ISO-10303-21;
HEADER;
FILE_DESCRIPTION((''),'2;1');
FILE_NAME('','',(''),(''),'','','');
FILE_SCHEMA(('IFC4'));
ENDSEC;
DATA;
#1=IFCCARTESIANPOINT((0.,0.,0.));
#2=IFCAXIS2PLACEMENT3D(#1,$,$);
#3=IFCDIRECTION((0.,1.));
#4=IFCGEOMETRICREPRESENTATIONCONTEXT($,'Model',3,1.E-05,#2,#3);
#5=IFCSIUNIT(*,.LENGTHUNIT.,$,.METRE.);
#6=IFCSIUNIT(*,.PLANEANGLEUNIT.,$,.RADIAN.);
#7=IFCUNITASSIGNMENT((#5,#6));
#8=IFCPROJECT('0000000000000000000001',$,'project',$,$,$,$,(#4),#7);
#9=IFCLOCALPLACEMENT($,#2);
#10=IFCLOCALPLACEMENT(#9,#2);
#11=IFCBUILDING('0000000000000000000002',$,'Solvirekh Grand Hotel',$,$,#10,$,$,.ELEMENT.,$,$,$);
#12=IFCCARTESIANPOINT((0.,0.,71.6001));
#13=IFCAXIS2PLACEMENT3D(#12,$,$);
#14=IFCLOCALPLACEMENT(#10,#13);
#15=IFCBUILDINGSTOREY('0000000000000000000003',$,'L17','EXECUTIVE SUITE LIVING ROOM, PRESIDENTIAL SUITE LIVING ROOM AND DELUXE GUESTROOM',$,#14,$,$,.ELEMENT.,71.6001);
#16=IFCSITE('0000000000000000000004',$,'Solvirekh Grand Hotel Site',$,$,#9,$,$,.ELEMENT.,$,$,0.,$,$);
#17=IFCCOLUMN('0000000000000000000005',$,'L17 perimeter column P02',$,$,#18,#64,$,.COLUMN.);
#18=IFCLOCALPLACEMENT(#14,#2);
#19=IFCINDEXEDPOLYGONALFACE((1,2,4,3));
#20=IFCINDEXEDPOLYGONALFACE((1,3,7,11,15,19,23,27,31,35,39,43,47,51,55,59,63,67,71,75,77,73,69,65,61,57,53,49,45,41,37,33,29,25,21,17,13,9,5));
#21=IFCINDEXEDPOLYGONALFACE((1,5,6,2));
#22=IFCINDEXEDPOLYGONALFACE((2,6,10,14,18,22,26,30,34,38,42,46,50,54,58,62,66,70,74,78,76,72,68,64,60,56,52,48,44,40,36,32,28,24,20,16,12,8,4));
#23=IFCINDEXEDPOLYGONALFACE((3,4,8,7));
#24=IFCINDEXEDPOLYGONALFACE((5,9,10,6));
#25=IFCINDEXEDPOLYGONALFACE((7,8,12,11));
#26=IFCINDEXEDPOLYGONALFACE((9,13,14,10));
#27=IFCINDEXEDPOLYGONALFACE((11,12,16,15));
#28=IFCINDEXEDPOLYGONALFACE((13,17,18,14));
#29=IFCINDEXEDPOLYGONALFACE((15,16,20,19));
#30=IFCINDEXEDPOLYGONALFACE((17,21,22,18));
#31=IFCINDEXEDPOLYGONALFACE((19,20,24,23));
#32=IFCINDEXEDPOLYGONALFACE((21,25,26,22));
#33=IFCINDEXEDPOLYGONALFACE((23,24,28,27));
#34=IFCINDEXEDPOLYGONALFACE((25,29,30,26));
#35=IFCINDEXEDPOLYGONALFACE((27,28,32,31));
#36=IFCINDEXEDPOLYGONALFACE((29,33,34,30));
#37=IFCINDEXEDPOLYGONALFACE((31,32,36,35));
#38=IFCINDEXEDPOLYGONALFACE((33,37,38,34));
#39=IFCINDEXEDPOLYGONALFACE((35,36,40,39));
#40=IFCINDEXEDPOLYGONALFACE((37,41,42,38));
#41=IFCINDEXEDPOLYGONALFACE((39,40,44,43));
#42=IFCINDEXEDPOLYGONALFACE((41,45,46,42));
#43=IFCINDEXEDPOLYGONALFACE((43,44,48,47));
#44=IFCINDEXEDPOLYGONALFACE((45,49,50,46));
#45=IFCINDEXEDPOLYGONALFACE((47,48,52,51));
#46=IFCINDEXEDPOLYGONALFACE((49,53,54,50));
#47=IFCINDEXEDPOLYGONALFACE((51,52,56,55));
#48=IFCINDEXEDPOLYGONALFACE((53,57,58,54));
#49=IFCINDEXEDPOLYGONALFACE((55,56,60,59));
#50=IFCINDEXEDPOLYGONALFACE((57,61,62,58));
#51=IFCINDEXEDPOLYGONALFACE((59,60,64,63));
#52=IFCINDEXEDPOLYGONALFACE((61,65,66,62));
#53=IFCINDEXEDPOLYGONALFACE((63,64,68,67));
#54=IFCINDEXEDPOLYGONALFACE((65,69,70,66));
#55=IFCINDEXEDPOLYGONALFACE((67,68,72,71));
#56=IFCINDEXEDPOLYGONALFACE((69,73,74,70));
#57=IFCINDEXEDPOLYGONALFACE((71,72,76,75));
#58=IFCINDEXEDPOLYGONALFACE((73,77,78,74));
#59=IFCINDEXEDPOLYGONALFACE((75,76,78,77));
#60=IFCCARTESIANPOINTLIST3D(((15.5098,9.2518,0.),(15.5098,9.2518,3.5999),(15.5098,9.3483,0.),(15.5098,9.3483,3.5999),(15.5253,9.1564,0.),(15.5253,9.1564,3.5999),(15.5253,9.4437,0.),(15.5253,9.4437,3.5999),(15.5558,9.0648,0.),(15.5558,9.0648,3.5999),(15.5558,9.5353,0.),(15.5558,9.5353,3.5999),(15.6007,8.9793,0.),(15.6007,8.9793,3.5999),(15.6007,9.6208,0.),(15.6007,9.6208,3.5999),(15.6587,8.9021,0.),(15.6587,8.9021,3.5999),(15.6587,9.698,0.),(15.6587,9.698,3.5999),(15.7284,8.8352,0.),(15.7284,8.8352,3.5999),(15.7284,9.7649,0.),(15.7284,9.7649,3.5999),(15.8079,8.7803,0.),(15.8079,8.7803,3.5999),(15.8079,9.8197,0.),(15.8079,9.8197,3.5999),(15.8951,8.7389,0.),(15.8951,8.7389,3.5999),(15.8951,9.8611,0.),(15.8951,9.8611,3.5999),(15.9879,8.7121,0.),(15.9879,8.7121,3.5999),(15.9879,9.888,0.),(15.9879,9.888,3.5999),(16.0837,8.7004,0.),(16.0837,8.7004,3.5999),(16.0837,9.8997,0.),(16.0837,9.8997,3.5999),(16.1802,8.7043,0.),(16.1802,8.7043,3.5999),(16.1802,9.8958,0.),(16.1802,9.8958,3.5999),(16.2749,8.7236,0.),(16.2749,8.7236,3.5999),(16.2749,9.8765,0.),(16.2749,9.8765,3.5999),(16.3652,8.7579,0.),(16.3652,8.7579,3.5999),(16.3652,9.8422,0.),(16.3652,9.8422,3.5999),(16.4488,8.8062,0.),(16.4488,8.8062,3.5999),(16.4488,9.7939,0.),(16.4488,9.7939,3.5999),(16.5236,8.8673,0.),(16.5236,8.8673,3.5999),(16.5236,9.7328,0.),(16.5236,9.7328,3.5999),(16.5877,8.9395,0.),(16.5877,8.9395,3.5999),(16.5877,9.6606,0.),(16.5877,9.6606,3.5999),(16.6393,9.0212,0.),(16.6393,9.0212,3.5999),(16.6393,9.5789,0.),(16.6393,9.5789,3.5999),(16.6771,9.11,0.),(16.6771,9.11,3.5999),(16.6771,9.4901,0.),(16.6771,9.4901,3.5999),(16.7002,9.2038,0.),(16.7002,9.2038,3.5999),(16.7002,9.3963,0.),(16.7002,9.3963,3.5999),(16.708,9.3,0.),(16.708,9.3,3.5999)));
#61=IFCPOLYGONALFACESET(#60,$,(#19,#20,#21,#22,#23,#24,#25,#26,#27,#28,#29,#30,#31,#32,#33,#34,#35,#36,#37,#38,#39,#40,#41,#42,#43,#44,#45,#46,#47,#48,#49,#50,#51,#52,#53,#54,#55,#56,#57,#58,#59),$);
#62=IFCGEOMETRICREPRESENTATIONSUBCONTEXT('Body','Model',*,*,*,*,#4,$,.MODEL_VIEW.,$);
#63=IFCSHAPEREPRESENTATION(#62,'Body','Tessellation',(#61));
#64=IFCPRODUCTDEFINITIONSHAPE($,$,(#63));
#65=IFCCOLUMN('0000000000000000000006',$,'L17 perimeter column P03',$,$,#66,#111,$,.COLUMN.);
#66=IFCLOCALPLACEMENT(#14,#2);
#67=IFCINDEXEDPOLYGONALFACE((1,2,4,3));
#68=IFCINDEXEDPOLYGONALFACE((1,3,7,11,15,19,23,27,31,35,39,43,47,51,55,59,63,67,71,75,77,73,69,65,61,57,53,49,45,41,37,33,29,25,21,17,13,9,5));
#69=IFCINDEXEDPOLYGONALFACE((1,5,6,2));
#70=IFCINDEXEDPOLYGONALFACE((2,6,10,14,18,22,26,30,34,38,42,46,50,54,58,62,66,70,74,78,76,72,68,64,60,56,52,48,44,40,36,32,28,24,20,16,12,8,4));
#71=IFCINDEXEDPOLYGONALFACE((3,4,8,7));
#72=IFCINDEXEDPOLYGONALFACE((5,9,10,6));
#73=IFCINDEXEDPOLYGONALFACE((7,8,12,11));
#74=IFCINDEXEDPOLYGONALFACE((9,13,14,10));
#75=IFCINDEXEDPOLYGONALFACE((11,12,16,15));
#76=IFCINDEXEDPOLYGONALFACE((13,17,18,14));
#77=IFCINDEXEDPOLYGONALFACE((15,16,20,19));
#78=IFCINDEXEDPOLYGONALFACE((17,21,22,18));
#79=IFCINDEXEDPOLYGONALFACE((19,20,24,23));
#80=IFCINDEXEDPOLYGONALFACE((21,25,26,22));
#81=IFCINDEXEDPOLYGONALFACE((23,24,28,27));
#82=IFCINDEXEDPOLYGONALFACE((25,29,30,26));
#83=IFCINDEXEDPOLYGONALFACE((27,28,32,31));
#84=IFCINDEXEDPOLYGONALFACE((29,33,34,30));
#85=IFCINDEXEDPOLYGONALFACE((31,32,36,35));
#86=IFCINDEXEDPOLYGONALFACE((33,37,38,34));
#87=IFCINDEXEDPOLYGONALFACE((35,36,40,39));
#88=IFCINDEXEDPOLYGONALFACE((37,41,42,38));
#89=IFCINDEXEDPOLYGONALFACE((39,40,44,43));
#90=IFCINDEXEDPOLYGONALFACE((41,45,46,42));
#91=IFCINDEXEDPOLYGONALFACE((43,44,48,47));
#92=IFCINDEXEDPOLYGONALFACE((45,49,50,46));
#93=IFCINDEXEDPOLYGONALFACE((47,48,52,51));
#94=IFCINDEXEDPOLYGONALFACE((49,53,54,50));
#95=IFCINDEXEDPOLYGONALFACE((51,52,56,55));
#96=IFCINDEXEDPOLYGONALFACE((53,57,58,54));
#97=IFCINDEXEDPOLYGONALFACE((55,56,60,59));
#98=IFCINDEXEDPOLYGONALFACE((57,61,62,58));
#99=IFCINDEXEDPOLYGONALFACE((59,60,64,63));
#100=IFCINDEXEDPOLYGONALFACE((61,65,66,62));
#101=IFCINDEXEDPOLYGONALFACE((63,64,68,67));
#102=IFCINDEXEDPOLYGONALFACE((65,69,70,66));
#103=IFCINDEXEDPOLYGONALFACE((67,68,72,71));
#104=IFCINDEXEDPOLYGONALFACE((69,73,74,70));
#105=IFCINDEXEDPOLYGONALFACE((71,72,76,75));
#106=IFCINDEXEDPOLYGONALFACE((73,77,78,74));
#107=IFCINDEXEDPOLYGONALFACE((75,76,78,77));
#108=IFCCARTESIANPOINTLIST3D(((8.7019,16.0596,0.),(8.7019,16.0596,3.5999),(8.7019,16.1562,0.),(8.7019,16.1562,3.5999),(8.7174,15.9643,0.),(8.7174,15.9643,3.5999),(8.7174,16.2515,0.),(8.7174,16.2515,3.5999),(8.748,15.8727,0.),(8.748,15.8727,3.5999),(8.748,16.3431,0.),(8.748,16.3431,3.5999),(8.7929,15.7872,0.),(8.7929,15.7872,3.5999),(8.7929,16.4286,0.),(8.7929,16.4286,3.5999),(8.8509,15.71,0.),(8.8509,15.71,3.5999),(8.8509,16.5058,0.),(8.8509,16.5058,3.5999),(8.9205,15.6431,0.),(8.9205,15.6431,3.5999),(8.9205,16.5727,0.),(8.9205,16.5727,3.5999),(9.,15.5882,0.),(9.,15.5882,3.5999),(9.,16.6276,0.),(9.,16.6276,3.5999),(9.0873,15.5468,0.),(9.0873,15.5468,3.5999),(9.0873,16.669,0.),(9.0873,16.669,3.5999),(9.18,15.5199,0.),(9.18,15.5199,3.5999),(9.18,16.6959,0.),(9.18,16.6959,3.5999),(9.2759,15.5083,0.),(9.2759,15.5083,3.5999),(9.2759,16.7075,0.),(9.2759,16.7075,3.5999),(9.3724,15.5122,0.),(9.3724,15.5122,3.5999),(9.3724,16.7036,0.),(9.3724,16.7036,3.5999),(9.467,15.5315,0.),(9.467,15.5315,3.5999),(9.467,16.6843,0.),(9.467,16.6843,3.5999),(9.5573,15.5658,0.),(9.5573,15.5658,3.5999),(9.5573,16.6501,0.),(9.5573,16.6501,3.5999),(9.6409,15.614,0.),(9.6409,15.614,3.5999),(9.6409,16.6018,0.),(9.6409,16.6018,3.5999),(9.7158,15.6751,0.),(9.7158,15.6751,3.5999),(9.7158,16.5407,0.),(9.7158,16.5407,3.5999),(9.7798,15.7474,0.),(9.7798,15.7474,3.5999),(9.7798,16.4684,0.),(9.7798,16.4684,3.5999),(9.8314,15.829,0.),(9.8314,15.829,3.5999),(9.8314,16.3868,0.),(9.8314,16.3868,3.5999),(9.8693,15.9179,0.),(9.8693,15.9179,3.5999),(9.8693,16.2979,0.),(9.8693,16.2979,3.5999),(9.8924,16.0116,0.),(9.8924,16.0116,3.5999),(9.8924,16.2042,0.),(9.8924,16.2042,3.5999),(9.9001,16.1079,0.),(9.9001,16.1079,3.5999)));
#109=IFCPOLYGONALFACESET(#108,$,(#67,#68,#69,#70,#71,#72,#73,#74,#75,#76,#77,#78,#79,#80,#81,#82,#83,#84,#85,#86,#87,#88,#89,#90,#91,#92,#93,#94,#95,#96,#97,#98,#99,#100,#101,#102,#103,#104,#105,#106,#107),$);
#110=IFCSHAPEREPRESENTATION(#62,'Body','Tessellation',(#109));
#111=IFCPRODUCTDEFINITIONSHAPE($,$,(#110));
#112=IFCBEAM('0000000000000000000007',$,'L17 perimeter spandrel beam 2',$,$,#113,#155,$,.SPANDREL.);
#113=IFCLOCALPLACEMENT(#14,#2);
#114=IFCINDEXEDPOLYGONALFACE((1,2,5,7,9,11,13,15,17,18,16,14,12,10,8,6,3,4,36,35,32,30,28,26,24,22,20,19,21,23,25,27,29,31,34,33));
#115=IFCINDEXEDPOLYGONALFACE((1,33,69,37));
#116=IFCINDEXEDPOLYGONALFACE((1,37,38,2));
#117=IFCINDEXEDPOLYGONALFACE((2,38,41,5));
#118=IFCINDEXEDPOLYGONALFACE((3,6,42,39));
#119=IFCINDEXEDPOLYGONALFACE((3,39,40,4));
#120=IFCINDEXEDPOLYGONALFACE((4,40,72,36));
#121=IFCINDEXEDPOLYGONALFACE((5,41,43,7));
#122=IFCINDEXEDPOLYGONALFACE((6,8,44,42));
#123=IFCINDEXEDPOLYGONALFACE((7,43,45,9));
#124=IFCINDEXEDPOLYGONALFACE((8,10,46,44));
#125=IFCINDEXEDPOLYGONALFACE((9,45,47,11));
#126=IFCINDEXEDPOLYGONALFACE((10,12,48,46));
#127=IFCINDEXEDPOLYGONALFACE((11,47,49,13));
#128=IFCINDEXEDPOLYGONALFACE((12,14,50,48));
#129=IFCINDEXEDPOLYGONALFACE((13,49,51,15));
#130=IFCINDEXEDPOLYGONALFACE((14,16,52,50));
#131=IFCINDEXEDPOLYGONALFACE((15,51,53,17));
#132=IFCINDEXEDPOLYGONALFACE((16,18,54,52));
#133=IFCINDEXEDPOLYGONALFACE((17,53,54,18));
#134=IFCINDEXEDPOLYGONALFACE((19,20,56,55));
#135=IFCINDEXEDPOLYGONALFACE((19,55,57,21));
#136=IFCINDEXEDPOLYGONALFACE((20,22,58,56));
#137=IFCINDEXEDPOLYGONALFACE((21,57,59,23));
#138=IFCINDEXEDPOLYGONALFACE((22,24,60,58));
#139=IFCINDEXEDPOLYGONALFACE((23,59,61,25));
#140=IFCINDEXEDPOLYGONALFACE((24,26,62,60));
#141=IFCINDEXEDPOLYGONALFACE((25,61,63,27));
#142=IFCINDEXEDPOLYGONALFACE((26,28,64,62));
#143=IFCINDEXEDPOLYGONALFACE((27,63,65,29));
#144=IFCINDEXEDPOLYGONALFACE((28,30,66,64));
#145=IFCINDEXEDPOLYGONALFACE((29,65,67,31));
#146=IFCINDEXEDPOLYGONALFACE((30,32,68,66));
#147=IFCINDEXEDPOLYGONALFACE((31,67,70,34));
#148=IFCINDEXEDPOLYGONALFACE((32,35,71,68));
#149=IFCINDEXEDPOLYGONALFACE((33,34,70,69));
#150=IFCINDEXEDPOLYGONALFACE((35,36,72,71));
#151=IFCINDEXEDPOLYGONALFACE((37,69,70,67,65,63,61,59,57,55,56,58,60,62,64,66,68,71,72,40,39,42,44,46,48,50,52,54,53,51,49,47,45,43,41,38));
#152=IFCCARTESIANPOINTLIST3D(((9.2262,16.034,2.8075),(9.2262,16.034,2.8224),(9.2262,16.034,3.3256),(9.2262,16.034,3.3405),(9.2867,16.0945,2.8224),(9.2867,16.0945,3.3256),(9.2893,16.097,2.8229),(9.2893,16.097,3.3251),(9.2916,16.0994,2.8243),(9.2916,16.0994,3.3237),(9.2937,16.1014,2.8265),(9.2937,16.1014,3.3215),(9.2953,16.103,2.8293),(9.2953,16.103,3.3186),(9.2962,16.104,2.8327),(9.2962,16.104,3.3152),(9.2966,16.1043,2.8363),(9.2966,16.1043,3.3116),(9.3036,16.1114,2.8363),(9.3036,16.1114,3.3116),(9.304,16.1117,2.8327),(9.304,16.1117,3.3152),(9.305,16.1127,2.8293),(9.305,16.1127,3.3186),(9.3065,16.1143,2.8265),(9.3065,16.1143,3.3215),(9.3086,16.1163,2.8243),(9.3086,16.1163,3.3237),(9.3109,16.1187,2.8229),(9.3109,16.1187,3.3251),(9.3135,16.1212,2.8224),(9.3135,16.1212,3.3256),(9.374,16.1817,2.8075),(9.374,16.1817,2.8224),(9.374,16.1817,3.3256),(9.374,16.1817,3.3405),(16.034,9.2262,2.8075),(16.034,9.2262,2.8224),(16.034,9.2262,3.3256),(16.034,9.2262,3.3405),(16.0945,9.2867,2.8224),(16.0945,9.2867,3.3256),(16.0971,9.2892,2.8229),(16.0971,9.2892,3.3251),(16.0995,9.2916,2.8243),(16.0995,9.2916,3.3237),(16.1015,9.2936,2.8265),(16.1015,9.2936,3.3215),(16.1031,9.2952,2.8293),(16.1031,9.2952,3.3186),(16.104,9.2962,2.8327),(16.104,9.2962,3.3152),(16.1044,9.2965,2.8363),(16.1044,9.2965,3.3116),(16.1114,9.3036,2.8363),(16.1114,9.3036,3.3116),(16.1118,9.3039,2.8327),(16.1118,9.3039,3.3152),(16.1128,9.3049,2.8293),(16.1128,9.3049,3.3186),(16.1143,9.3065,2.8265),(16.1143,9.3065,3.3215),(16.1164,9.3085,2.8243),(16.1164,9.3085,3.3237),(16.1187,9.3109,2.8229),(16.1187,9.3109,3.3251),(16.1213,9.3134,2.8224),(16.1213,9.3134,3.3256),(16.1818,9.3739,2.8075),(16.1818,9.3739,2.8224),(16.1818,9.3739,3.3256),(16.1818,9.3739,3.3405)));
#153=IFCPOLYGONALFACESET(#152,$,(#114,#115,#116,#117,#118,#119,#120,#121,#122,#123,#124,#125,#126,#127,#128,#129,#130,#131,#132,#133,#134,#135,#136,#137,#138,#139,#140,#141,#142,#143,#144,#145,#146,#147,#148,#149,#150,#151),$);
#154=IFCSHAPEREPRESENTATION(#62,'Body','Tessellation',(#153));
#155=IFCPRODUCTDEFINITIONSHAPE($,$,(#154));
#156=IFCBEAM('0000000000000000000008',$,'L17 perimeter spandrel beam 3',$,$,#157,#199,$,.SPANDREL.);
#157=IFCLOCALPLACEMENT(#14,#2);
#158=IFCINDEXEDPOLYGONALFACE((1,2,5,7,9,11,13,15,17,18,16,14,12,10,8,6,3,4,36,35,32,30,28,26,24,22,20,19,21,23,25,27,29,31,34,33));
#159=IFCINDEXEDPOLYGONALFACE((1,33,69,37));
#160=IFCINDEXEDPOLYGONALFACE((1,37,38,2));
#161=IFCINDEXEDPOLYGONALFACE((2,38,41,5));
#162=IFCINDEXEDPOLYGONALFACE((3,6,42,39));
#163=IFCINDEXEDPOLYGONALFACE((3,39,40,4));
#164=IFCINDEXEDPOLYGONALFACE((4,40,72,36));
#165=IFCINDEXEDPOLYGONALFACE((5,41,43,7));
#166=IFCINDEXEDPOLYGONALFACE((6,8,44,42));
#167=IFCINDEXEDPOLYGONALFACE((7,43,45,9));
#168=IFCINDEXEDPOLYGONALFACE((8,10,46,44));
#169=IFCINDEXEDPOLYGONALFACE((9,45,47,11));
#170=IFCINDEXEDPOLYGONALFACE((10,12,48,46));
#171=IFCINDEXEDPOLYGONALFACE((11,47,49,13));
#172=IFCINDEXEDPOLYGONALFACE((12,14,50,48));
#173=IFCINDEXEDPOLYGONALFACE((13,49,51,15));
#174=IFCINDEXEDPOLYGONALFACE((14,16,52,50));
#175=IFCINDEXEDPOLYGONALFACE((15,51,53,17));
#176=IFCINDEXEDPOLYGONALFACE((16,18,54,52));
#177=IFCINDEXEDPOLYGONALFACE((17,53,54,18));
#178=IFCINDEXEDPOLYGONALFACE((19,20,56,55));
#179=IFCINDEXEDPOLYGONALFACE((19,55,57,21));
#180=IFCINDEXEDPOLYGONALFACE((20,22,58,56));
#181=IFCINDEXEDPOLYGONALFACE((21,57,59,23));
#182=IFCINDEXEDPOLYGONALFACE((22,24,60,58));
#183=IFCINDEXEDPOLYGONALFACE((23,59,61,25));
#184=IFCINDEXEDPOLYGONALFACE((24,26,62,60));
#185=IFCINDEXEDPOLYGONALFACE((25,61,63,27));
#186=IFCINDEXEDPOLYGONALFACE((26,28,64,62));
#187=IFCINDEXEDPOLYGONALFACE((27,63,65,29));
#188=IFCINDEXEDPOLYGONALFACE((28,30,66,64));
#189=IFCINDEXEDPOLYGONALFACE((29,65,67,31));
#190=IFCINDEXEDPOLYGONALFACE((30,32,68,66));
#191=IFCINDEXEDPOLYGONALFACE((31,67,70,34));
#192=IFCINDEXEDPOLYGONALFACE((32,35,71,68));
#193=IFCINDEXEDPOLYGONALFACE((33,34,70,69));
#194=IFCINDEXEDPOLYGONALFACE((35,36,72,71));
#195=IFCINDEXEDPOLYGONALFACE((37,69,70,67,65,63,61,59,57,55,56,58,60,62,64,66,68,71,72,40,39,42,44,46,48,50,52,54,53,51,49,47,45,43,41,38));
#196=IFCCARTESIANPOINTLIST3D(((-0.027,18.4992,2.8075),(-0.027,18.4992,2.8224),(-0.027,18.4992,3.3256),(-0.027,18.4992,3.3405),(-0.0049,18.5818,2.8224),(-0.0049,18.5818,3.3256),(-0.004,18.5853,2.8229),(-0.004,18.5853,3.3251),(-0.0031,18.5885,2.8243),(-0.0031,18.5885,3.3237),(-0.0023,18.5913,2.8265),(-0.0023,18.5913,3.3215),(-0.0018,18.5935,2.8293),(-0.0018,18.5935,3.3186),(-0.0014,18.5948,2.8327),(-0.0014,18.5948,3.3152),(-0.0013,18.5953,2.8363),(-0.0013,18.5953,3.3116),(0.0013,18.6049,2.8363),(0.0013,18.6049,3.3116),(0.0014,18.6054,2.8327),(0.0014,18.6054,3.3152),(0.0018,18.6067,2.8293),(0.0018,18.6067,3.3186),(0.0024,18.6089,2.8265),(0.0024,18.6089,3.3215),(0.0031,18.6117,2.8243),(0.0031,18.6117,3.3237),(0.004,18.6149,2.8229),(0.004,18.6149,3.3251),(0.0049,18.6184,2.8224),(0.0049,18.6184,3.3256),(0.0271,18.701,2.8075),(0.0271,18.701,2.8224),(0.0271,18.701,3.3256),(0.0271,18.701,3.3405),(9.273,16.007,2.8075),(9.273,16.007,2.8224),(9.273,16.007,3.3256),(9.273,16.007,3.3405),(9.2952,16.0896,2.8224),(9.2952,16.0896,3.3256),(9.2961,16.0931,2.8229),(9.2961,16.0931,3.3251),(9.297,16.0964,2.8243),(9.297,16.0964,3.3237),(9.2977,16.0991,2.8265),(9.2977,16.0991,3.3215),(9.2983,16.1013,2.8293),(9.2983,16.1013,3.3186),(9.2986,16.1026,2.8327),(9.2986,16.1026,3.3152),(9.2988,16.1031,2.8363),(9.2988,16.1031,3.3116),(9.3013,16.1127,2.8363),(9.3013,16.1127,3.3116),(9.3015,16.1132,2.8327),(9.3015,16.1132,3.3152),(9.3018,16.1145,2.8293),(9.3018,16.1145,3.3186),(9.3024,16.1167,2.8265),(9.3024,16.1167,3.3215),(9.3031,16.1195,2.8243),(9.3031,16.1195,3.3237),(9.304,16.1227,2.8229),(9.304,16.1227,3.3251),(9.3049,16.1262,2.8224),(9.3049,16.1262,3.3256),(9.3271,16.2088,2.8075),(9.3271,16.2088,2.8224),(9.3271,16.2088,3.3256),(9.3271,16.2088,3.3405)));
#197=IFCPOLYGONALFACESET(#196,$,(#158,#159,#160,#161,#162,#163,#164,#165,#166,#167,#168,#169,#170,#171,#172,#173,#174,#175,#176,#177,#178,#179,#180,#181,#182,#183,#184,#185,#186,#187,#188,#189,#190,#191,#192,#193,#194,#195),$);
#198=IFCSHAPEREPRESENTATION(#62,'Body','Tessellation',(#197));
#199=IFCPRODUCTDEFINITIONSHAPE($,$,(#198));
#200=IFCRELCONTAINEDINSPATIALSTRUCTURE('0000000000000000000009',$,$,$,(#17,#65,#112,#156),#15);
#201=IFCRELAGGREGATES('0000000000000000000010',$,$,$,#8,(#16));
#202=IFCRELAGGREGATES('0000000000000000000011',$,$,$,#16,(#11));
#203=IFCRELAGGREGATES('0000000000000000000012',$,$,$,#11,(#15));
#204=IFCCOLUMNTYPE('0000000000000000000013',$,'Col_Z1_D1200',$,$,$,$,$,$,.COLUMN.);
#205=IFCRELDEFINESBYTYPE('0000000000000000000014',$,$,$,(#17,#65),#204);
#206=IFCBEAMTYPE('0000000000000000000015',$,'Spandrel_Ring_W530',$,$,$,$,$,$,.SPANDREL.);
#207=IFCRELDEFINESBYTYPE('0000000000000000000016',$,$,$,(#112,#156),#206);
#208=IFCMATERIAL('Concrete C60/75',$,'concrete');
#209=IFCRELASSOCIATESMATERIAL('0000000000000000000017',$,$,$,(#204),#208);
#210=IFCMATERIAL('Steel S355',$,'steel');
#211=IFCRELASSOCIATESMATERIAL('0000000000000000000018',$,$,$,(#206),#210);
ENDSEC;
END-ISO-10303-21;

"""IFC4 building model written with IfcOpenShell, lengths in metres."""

from ifc_helpers import new_model, si_unit, direction, frame, origin, origin_2d, place, context, subcontext, project, spatial, circle, i_section, extrude, material, material_profile, profile_set, type_object, element, save


model = new_model("IFC4")

# Units and contexts
model_context = context("Model", 3, precision=1e-05, world=origin(), true_north=direction((0.0, 1.0)))
body_context = subcontext(model_context, "Body", "Model", "MODEL_VIEW")
ifc_project = project(units=[si_unit("LENGTHUNIT", "METRE"), si_unit("PLANEANGLEUNIT", "RADIAN")], contexts=[model_context])

# Site, building, storey
site_placement = place(None, origin())
site = spatial("IfcSite", under=ifc_project, at=site_placement, Name="Solvirekh Grand Hotel Site", CompositionType="ELEMENT", RefElevation=0.0)
building_placement = place(site_placement, origin())
building = spatial("IfcBuilding", under=site, at=building_placement, Name="Solvirekh Grand Hotel", CompositionType="ELEMENT")
storey_placement = place(building_placement, frame((0.0, 0.0, 71.6001)))
storey = spatial("IfcBuildingStorey", under=building, at=storey_placement, Name="L17", Description="EXECUTIVE SUITE LIVING ROOM, PRESIDENTIAL SUITE LIVING ROOM AND DELUXE GUESTROOM", CompositionType="ELEMENT", Elevation=71.6001)

# Columns
ifc_material_1 = material(Name="Concrete C60/75", Category="concrete")
ifc_material_profile_1 = material_profile(ifc_material_1, circle(Radius=0.6001, at=origin_2d()), Name="RC CIRC D1200")
ifc_profile_set_1 = profile_set([ifc_material_profile_1], Name="Concrete C60/75")
column_type = type_object("IfcColumnType", Name="Col_Z1_D1200", PredefinedType="COLUMN", material=ifc_profile_set_1)
for number, where, z_axis, x_axis, name in (
    (1, (16.1079, 9.3, 0.0), (0.0, 0.0, 1.0), (1.0, 0.0, 0.0), "L17 perimeter column P02"),
    (2, (9.3, 16.1079, 0.0), (0.0, 0.0, 1.0), (1.0, 0.0, 0.0), "L17 perimeter column P03"),
):
    element("IfcColumn", number, at=place(storey_placement, frame(where, z_axis=z_axis, x_axis=x_axis)), inside=storey, type_object=column_type, Name=name, PredefinedType="COLUMN", context=body_context, shape_type="SweptSolid", body=[
        extrude(circle(Radius=0.6001, at=origin_2d()), origin(), (0.0, 0.0, 1.0), 3.5999),
    ])

# Beams
ifc_material_2 = material(Name="Steel S355", Category="steel")
ifc_material_profile_2 = material_profile(ifc_material_2, i_section(OverallWidth=0.209, OverallDepth=0.533, WebThickness=0.01, FlangeThickness=0.0149, FilletRadius=0.0139, at=origin_2d()), Name="W530X92")
ifc_profile_set_2 = profile_set([ifc_material_profile_2], Name="Steel S355")
beam_type = type_object("IfcBeamType", Name="Spandrel_Ring_W530", PredefinedType="SPANDREL", material=ifc_profile_set_2)
beam_1_placement = place(storey_placement, frame((16.1079, 9.3, 3.074), z_axis=(-0.707107, 0.707107, 0.0), x_axis=(-0.707107, -0.707107, 0.0)))
element("IfcBeam", 3, at=beam_1_placement, inside=storey, type_object=beam_type, Name="L17 perimeter spandrel beam 2", PredefinedType="SPANDREL", context=body_context, shape_type="SweptSolid", body=[
    extrude(i_section(OverallWidth=0.209, OverallDepth=0.533, WebThickness=0.01, FlangeThickness=0.0149, FilletRadius=0.0139, at=origin_2d()), origin(), (0.0, 0.0, 1.0), 9.6277),
])
beam_2_placement = place(storey_placement, frame((9.3, 16.1079, 3.074), z_axis=(-0.965919, 0.258843, 0.0), x_axis=(-0.258843, -0.965919, 0.0)))
element("IfcBeam", 4, at=beam_2_placement, inside=storey, type_object=beam_type, Name="L17 perimeter spandrel beam 3", PredefinedType="SPANDREL", context=body_context, shape_type="SweptSolid", body=[
    extrude(i_section(OverallWidth=0.209, OverallDepth=0.533, WebThickness=0.01, FlangeThickness=0.0149, FilletRadius=0.0139, at=origin_2d()), origin(), (0.0, 0.0, 1.0), 9.6282),
])

save(model, "model.ifc")
